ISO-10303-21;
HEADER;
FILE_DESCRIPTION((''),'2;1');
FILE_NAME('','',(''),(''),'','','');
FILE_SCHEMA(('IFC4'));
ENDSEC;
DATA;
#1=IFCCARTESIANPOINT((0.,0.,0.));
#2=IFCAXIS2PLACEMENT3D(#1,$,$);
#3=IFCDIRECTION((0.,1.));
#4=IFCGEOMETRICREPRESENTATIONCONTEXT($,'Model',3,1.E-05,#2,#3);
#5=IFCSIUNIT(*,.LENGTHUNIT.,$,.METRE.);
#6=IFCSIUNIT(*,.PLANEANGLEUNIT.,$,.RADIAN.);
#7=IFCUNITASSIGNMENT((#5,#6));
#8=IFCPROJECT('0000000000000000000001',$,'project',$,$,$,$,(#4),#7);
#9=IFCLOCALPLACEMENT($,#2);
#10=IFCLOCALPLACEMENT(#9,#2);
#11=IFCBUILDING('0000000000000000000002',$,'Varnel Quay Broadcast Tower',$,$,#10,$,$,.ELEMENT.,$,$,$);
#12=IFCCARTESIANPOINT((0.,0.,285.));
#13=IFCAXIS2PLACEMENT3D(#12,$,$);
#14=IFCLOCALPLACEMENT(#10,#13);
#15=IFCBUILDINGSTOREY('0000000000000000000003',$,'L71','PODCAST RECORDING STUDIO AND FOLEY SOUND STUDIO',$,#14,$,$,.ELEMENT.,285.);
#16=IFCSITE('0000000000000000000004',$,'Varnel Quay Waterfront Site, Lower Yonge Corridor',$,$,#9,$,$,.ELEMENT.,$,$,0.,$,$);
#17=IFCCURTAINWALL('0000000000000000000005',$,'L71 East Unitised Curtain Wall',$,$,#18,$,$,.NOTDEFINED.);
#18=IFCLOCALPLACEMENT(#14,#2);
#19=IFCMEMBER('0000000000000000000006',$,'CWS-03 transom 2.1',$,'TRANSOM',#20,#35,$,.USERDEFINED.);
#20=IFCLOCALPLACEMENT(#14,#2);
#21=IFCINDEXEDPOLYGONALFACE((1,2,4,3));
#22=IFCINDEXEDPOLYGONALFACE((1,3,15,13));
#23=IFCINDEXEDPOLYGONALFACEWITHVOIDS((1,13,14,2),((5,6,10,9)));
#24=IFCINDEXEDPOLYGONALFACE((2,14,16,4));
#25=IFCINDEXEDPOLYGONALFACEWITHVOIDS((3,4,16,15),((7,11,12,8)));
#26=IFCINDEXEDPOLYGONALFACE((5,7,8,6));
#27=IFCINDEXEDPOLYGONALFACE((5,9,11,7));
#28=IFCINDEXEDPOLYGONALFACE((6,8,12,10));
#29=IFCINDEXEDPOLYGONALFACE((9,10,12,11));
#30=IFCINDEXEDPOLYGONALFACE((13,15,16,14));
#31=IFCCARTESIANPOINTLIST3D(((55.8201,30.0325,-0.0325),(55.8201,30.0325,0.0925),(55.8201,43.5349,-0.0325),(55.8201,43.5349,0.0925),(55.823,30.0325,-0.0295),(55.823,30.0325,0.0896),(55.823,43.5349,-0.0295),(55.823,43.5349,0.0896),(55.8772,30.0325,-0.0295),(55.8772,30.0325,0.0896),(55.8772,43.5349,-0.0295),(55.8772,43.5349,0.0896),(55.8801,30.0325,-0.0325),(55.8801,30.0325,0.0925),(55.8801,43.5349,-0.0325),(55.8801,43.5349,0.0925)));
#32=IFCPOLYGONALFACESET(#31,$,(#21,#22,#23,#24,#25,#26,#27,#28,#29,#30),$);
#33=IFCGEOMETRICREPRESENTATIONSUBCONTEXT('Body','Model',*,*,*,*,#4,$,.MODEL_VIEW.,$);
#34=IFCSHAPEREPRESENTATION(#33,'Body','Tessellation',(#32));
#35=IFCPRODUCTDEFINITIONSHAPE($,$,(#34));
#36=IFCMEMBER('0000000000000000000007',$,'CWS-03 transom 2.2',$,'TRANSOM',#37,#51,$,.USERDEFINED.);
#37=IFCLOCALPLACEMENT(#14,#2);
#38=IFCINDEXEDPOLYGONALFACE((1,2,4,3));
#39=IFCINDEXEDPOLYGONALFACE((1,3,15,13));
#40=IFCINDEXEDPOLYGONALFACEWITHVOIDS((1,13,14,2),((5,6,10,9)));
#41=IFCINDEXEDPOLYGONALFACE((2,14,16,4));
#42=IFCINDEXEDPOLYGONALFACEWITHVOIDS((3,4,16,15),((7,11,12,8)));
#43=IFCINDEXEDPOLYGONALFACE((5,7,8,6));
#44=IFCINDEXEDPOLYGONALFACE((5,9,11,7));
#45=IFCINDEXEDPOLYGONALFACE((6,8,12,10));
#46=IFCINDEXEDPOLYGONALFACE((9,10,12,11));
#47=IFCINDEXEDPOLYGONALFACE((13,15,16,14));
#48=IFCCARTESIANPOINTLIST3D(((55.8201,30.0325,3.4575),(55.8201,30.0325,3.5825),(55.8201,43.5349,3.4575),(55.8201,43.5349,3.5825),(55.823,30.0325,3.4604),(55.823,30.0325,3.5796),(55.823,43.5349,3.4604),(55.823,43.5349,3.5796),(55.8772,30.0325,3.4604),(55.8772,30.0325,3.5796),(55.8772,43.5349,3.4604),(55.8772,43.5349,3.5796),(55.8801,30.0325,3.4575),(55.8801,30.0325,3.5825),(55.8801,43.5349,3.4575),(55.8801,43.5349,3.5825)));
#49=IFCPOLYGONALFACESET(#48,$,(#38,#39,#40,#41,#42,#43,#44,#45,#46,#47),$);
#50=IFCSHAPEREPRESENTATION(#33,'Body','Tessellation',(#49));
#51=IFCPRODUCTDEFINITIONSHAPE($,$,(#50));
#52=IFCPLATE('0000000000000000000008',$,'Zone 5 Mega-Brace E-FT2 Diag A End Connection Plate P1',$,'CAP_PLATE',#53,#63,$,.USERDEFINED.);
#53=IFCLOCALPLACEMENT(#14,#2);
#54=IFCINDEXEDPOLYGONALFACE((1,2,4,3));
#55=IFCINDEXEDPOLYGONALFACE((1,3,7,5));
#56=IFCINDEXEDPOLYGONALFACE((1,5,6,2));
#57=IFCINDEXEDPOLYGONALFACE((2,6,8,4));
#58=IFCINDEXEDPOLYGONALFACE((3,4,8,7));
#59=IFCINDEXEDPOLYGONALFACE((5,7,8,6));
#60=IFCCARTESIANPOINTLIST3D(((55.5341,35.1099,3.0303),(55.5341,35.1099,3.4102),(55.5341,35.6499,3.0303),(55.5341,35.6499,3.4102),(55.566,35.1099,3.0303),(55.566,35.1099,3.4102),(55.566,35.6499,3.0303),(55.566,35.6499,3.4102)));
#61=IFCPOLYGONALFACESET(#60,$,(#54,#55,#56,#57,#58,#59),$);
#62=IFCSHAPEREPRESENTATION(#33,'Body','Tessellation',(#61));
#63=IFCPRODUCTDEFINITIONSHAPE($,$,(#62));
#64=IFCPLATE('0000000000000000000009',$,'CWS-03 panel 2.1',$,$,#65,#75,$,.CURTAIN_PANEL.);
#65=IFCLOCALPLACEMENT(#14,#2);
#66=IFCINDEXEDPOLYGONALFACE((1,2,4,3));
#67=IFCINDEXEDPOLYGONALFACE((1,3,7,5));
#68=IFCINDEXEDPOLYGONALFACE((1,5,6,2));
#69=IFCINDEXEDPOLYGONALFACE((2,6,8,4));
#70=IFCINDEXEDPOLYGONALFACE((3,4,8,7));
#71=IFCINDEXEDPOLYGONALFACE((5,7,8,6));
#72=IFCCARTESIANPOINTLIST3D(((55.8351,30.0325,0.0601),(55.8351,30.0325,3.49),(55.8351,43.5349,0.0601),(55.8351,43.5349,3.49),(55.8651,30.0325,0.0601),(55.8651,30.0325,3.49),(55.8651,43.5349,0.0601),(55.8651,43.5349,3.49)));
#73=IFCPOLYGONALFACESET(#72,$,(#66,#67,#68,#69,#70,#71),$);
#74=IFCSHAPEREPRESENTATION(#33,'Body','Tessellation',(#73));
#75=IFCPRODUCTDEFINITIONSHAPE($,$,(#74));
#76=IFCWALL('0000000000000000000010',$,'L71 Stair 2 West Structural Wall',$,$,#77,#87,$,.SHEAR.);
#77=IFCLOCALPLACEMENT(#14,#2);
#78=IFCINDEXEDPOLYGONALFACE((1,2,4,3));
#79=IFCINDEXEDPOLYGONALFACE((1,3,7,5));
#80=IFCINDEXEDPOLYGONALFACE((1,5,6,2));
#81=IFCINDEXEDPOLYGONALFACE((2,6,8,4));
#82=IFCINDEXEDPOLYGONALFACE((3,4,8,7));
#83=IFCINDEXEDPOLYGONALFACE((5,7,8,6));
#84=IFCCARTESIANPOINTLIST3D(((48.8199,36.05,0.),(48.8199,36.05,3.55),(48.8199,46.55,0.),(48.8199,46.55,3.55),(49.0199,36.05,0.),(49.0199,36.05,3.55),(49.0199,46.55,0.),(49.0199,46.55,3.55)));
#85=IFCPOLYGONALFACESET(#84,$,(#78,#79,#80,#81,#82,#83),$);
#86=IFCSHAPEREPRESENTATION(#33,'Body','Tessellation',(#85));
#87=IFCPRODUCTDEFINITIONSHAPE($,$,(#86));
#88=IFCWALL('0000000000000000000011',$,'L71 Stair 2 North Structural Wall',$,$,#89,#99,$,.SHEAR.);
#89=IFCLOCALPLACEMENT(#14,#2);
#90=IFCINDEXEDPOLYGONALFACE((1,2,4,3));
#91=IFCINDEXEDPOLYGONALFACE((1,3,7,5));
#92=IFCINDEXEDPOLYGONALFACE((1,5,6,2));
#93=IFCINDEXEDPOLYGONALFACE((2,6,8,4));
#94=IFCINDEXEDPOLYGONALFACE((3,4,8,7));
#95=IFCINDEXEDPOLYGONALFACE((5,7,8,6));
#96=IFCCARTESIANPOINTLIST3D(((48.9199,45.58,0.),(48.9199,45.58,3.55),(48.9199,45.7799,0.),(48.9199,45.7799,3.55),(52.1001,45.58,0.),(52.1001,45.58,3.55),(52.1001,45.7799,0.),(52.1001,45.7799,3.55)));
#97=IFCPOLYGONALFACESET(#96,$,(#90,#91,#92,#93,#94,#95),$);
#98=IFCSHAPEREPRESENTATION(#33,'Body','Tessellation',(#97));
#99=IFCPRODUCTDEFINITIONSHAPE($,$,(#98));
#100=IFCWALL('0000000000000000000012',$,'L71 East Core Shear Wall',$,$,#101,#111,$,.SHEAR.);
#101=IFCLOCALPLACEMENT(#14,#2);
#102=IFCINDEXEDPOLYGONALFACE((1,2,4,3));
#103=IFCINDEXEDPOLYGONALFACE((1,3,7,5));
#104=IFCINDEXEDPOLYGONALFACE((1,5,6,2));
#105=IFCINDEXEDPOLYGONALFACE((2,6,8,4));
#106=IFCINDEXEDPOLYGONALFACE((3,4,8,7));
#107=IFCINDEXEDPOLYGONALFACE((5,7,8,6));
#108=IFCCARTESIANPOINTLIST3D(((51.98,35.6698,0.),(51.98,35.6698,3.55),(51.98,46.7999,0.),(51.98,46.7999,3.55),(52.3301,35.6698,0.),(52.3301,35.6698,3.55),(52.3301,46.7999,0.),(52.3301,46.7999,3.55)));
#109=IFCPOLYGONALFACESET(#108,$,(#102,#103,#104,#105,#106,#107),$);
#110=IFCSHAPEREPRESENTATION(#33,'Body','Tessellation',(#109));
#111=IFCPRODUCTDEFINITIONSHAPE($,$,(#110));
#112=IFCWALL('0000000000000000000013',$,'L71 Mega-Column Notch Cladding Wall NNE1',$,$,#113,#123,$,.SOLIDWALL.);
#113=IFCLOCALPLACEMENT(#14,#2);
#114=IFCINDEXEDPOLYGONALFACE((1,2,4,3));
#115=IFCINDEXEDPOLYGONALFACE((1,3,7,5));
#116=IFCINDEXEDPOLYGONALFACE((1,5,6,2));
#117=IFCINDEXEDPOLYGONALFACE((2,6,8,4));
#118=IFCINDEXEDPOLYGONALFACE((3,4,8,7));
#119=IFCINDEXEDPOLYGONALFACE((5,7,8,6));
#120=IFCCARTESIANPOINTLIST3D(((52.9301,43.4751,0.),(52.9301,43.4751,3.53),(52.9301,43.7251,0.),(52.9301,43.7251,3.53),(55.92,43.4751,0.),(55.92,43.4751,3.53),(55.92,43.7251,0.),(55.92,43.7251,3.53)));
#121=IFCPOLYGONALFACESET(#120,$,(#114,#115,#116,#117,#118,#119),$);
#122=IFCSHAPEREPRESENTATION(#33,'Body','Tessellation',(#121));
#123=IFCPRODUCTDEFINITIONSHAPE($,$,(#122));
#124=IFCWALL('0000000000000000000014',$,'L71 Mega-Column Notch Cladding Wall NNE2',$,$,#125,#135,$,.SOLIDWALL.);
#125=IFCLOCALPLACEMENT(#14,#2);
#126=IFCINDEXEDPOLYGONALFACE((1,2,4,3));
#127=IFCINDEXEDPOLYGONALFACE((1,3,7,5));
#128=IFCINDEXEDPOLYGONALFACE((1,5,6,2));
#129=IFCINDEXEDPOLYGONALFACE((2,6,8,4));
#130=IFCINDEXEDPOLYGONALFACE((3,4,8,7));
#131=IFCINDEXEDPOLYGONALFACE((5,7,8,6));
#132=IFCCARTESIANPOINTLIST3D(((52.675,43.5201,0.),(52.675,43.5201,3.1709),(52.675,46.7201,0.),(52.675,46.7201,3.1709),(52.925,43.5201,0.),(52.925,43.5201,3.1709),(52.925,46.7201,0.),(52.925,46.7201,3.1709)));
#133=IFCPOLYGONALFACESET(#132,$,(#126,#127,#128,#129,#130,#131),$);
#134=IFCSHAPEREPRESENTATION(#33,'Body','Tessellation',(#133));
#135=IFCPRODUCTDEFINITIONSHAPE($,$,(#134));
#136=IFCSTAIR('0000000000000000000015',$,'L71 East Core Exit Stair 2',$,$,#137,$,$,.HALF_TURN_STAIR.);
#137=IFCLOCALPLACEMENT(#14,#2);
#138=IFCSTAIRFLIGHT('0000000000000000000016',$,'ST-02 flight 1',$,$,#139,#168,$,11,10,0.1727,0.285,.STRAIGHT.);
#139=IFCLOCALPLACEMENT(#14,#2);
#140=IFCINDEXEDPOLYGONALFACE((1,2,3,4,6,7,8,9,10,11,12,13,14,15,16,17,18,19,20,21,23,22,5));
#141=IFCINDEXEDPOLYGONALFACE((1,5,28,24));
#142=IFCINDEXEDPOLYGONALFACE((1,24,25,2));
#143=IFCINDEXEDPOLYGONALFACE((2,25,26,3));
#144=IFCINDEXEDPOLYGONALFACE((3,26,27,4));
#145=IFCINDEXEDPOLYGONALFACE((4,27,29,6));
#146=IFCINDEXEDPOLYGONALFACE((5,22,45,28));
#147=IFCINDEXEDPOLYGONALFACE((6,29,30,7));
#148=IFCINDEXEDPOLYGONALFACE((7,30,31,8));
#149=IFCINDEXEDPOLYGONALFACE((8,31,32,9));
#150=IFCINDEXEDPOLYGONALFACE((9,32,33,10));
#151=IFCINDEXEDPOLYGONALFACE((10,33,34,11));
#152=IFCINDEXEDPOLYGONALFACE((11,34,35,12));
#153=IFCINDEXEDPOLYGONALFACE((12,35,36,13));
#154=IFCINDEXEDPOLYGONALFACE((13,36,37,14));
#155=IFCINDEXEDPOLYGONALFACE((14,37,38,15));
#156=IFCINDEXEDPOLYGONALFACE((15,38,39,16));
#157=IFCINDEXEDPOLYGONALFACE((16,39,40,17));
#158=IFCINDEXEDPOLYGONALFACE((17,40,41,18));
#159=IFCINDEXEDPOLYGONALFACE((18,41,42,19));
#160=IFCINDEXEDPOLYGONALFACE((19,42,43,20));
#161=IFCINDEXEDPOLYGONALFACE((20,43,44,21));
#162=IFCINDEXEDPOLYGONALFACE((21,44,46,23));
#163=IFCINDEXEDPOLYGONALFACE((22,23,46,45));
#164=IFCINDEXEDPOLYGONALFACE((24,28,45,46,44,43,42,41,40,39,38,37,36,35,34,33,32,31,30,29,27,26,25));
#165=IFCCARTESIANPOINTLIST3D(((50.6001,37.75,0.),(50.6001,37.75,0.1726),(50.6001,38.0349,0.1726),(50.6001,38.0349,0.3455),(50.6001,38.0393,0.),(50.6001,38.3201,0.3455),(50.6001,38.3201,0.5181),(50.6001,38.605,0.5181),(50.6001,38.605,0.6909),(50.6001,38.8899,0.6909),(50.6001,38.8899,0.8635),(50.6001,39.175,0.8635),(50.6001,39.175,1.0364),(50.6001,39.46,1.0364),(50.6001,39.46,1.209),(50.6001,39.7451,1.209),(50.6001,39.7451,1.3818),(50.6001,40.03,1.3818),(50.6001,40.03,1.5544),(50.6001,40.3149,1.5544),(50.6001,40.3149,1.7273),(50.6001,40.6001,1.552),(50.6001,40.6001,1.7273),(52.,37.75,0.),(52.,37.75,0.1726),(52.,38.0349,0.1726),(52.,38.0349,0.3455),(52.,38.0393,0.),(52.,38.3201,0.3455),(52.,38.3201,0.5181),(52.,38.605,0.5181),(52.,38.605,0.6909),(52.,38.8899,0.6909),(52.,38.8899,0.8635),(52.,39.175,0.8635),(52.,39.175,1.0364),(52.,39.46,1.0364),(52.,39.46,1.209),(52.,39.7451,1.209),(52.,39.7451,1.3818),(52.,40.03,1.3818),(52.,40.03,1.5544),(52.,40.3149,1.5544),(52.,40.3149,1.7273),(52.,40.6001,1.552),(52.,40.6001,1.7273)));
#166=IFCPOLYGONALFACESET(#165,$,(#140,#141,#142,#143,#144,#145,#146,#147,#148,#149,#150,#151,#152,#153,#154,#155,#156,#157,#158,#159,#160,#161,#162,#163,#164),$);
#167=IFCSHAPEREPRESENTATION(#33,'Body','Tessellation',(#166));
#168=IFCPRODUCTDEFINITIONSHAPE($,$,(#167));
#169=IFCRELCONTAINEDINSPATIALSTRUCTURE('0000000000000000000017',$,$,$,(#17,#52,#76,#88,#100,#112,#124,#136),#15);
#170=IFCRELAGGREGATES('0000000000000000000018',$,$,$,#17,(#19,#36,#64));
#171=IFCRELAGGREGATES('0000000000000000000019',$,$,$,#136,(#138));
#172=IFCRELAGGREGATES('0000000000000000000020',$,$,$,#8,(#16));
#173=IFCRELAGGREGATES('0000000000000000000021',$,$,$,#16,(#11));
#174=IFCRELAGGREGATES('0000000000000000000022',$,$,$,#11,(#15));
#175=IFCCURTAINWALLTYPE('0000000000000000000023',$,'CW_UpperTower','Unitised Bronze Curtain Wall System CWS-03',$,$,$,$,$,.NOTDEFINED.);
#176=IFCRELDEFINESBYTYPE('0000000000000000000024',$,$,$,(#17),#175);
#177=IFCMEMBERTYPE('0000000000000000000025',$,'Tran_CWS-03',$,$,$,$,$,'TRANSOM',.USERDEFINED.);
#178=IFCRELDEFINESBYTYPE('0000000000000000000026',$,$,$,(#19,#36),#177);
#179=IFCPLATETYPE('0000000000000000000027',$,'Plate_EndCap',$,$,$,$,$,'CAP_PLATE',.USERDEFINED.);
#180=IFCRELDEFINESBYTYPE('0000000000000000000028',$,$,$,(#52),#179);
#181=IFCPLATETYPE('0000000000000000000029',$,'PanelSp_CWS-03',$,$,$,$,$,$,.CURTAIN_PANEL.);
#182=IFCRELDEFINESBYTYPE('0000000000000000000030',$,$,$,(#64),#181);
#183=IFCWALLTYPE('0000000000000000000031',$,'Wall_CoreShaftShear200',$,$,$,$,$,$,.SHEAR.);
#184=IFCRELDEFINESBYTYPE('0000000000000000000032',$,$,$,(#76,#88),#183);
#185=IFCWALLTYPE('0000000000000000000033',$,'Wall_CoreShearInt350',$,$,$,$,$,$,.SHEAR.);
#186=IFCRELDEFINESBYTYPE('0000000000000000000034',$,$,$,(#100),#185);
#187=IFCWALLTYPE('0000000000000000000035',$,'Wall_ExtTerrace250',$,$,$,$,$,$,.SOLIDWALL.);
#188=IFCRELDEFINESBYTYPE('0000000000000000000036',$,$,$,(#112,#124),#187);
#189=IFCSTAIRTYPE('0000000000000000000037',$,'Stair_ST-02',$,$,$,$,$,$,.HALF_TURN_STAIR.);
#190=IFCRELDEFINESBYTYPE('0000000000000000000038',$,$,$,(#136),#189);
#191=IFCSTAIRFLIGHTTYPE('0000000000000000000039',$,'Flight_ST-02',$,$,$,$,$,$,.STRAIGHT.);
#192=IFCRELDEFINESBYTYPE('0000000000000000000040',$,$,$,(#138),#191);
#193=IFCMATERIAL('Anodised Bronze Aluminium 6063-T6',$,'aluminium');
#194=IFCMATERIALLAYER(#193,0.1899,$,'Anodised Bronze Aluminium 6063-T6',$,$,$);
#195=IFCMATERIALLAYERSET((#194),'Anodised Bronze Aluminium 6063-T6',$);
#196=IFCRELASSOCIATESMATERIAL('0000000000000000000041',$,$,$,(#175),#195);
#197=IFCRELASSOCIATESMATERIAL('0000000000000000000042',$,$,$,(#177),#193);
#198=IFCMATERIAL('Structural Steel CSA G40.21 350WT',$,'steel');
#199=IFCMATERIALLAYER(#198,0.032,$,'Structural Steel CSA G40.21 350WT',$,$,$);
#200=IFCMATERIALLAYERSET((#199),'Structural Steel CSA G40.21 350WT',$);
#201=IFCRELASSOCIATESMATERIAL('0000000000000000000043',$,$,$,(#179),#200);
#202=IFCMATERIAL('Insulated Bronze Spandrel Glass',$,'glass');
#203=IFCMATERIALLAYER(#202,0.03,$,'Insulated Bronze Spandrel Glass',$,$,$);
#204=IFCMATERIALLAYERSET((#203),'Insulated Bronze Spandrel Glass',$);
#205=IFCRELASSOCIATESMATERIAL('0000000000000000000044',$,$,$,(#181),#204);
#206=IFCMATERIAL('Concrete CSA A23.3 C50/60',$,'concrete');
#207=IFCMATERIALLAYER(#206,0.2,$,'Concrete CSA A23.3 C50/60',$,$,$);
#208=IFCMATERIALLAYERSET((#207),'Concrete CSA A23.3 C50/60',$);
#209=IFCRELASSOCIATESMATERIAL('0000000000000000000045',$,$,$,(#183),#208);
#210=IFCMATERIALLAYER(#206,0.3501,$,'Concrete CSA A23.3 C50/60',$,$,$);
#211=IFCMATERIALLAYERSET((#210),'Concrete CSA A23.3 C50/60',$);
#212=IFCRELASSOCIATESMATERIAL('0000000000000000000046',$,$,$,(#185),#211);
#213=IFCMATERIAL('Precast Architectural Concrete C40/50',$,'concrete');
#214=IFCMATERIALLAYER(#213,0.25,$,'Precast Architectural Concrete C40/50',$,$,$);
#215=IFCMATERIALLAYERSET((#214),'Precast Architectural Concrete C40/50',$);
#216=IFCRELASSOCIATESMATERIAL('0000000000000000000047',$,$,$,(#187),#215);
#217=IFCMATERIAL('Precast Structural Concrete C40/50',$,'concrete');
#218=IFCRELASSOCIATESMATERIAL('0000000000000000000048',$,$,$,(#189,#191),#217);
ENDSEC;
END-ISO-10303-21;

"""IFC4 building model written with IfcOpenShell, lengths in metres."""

from ifc_helpers import new_model, si_unit, direction, frame, frame_2d, origin, origin_2d, place, context, subcontext, project, spatial, polyline, rectangle, hollow_rectangle, outline, extrude, source, transform, mapped, material, layer, layer_set, material_profile, profile_set, type_object, type_shapes, element, aggregate, save


model = new_model("IFC4")

# Units and contexts
model_context = context("Model", 3, precision=1e-05, world=origin(), true_north=direction((0.0, 1.0)))
body_context = subcontext(model_context, "Body", "Model", "MODEL_VIEW")
ifc_project = project(units=[si_unit("LENGTHUNIT", "METRE"), si_unit("PLANEANGLEUNIT", "RADIAN")], contexts=[model_context])

# Site, building, storey
site_placement = place(None, origin())
site = spatial("IfcSite", under=ifc_project, at=site_placement, Name="Varnel Quay Waterfront Site, Lower Yonge Corridor", CompositionType="ELEMENT", RefElevation=0.0)
building_placement = place(site_placement, origin())
building = spatial("IfcBuilding", under=site, at=building_placement, Name="Varnel Quay Broadcast Tower", CompositionType="ELEMENT")
storey_placement = place(building_placement, frame((0.0, 0.0, 285.0)))
storey = spatial("IfcBuildingStorey", under=building, at=storey_placement, Name="L71", Description="PODCAST RECORDING STUDIO AND FOLEY SOUND STUDIO", CompositionType="ELEMENT", Elevation=285.0)

# Shared definitions
ifc_material_1 = material(Name="Structural Steel CSA G40.21 350WT", Category="steel")

# Curtain wall, members
ifc_material_2 = material(Name="Anodised Bronze Aluminium 6063-T6", Category="aluminium")
ifc_layer_1 = layer(ifc_material_2, 0.1899, Name="Anodised Bronze Aluminium 6063-T6")
ifc_layer_set_1 = layer_set([ifc_layer_1], Name="Anodised Bronze Aluminium 6063-T6")
curtain_wall_type = type_object("IfcCurtainWallType", Name="CW_UpperTower", Description="Unitised Bronze Curtain Wall System CWS-03", PredefinedType="NOTDEFINED", material=ifc_layer_set_1)
curtain_wall_placement = place(storey_placement, origin())
curtain_wall = element("IfcCurtainWall", 1, at=curtain_wall_placement, inside=storey, type_object=curtain_wall_type, Name="L71 East Unitised Curtain Wall", PredefinedType="NOTDEFINED")
ifc_material_profile_1 = material_profile(ifc_material_2, hollow_rectangle(XDim=0.0601, YDim=0.125, WallThickness=0.0029, at=origin_2d()), Name="ALU60X125X3")
ifc_profile_set_1 = profile_set([ifc_material_profile_1], Name="Anodised Bronze Aluminium 6063-T6")
member_type_1 = type_object("IfcMemberType", Name="Tran_CWS-03", ElementType="TRANSOM", PredefinedType="USERDEFINED", material=ifc_profile_set_1)
shared_shape_1 = source(origin(), body_context, "Body", "SweptSolid", [
    extrude(hollow_rectangle(XDim=0.0601, YDim=0.125, WallThickness=0.0029, at=origin_2d()), origin(), (0.0, 0.0, 1.0), 13.5024),
])
type_shapes(member_type_1, [shared_shape_1])
member_1_placement = place(storey_placement, frame((55.8501, 30.0325, 0.03), z_axis=(0.0, 1.0, 0.0), x_axis=(-1.0, 0.0, 0.0)))
member_1 = element("IfcMember", 2, at=member_1_placement, type_object=member_type_1, Name="CWS-03 transom 2.1", ObjectType="TRANSOM", PredefinedType="USERDEFINED", context=body_context, shape_type="MappedRepresentation", body=[
    mapped(shared_shape_1, transform((0.0, 0.0, 0.0), x_axis=(1.0, 0.0, 0.0), y_axis=(0.0, 1.0, 0.0), z_axis=(0.0, 0.0, 1.0), scale=1.0)),
])
member_2_placement = place(storey_placement, frame((55.8501, 30.0325, 3.52), z_axis=(0.0, 1.0, 0.0), x_axis=(-1.0, 0.0, 0.0)))
member_2 = element("IfcMember", 3, at=member_2_placement, type_object=member_type_1, Name="CWS-03 transom 2.2", ObjectType="TRANSOM", PredefinedType="USERDEFINED", context=body_context, shape_type="MappedRepresentation", body=[
    mapped(shared_shape_1, transform((0.0, 0.0, 0.0), x_axis=(1.0, 0.0, 0.0), y_axis=(0.0, 1.0, 0.0), z_axis=(0.0, 0.0, 1.0), scale=1.0)),
])

# Plates
ifc_layer_2 = layer(ifc_material_1, 0.032, Name="Structural Steel CSA G40.21 350WT")
ifc_layer_set_2 = layer_set([ifc_layer_2], Name="Structural Steel CSA G40.21 350WT")
plate_type_1 = type_object("IfcPlateType", Name="Plate_EndCap", ElementType="CAP_PLATE", PredefinedType="USERDEFINED", material=ifc_layer_set_2)
shared_shape_2 = source(origin(), body_context, "Body", "SweptSolid", [
    extrude(rectangle(XDim=0.54, YDim=0.032, at=origin_2d()), origin(), (0.0, 0.0, 1.0), 0.3799),
])
type_shapes(plate_type_1, [shared_shape_2])
plate_1_placement = place(storey_placement, frame((55.55, 35.3799, 3.0303), z_axis=(0.0, 0.0, 1.0), x_axis=(0.0, 1.0, 0.0)))
element("IfcPlate", 4, at=plate_1_placement, inside=storey, type_object=plate_type_1, Name="Zone 5 Mega-Brace E-FT2 Diag A End Connection Plate P1", ObjectType="CAP_PLATE", PredefinedType="USERDEFINED", context=body_context, shape_type="MappedRepresentation", body=[
    mapped(shared_shape_2, transform((0.0, 0.0, 0.0), x_axis=(1.0, 0.0, 0.0), y_axis=(0.0, 1.0, 0.0), z_axis=(0.0, 0.0, 1.0), scale=1.0)),
])
ifc_material_3 = material(Name="Insulated Bronze Spandrel Glass", Category="glass")
ifc_layer_3 = layer(ifc_material_3, 0.03, Name="Insulated Bronze Spandrel Glass")
ifc_layer_set_3 = layer_set([ifc_layer_3], Name="Insulated Bronze Spandrel Glass")
plate_type_2 = type_object("IfcPlateType", Name="PanelSp_CWS-03", PredefinedType="CURTAIN_PANEL", material=ifc_layer_set_3)
shared_shape_3 = source(origin(), body_context, "Body", "SweptSolid", [
    extrude(rectangle(XDim=13.5024, YDim=0.03, at=origin_2d()), origin(), (0.0, 0.0, 1.0), 3.4299),
])
type_shapes(plate_type_2, [shared_shape_3])
plate_2_placement = place(storey_placement, frame((55.8501, 36.7837, 0.0601), z_axis=(0.0, 0.0, 1.0), x_axis=(0.0, 1.0, 0.0)))
plate_2 = element("IfcPlate", 5, at=plate_2_placement, type_object=plate_type_2, Name="CWS-03 panel 2.1", PredefinedType="CURTAIN_PANEL", context=body_context, shape_type="MappedRepresentation", body=[
    mapped(shared_shape_3, transform((0.0, 0.0, 0.0), x_axis=(1.0, 0.0, 0.0), y_axis=(0.0, 1.0, 0.0), z_axis=(0.0, 0.0, 1.0), scale=1.0)),
])
aggregate(curtain_wall, [member_1, member_2, plate_2])

# Walls
ifc_material_4 = material(Name="Concrete CSA A23.3 C50/60", Category="concrete")
ifc_layer_4 = layer(ifc_material_4, 0.2, Name="Concrete CSA A23.3 C50/60")
ifc_layer_set_4 = layer_set([ifc_layer_4], Name="Concrete CSA A23.3 C50/60")
wall_type_1 = type_object("IfcWallType", Name="Wall_CoreShaftShear200", PredefinedType="SHEAR", material=ifc_layer_set_4)
wall_1_placement = place(storey_placement, frame((48.9199, 36.05, 0.0), z_axis=(0.0, 0.0, 1.0), x_axis=(0.0, 1.0, 0.0)))
element("IfcWall", 6, at=wall_1_placement, inside=storey, type_object=wall_type_1, Name="L71 Stair 2 West Structural Wall", PredefinedType="SHEAR", context=body_context, shape_type="SweptSolid", body=[
    extrude(rectangle(XDim=10.5, YDim=0.2, at=frame_2d((5.25, 0.0))), origin(), (0.0, 0.0, 1.0), 3.55),
])
wall_2_placement = place(storey_placement, frame((48.9199, 45.6799, 0.0), z_axis=(0.0, 0.0, 1.0), x_axis=(1.0, 0.0, 0.0)))
element("IfcWall", 7, at=wall_2_placement, inside=storey, type_object=wall_type_1, Name="L71 Stair 2 North Structural Wall", PredefinedType="SHEAR", context=body_context, shape_type="SweptSolid", body=[
    extrude(rectangle(XDim=3.1802, YDim=0.2, at=frame_2d((1.5901, 0.0))), origin(), (0.0, 0.0, 1.0), 3.55),
])
ifc_layer_5 = layer(ifc_material_4, 0.3501, Name="Concrete CSA A23.3 C50/60")
ifc_layer_set_5 = layer_set([ifc_layer_5], Name="Concrete CSA A23.3 C50/60")
wall_type_2 = type_object("IfcWallType", Name="Wall_CoreShearInt350", PredefinedType="SHEAR", material=ifc_layer_set_5)
wall_3_placement = place(storey_placement, frame((52.155, 35.6699, 0.0), z_axis=(0.0, 0.0, 1.0), x_axis=(0.0, 1.0, 0.0)))
element("IfcWall", 8, at=wall_3_placement, inside=storey, type_object=wall_type_2, Name="L71 East Core Shear Wall", PredefinedType="SHEAR", context=body_context, shape_type="SweptSolid", body=[
    extrude(rectangle(XDim=11.1301, YDim=0.3501, at=frame_2d((5.5649, 0.0))), origin(), (0.0, 0.0, 1.0), 3.55),
])
ifc_material_5 = material(Name="Precast Architectural Concrete C40/50", Category="concrete")
ifc_layer_6 = layer(ifc_material_5, 0.25, Name="Precast Architectural Concrete C40/50")
ifc_layer_set_6 = layer_set([ifc_layer_6], Name="Precast Architectural Concrete C40/50")
wall_type_3 = type_object("IfcWallType", Name="Wall_ExtTerrace250", PredefinedType="SOLIDWALL", material=ifc_layer_set_6)
wall_4_placement = place(storey_placement, frame((52.9299, 43.6001, 0.0), z_axis=(0.0, 0.0, 1.0), x_axis=(1.0, 0.0, 0.0)))
element("IfcWall", 9, at=wall_4_placement, inside=storey, type_object=wall_type_3, Name="L71 Mega-Column Notch Cladding Wall NNE1", PredefinedType="SOLIDWALL", context=body_context, shape_type="SweptSolid", body=[
    extrude(rectangle(XDim=2.99, YDim=0.25, at=frame_2d((1.4951, 0.0))), origin(), (0.0, 0.0, 1.0), 3.53),
])
wall_5_placement = place(storey_placement, frame((52.8, 43.52, 0.0), z_axis=(0.0, 0.0, 1.0), x_axis=(0.0, 1.0, 0.0)))
element("IfcWall", 10, at=wall_5_placement, inside=storey, type_object=wall_type_3, Name="L71 Mega-Column Notch Cladding Wall NNE2", PredefinedType="SOLIDWALL", context=body_context, shape_type="SweptSolid", body=[
    extrude(rectangle(XDim=3.2, YDim=0.25, at=frame_2d((1.6001, 0.0))), origin(), (0.0, 0.0, 1.0), 3.1709),
])

# Stair, stair flight
ifc_material_6 = material(Name="Precast Structural Concrete C40/50", Category="concrete")
stair_type = type_object("IfcStairType", Name="Stair_ST-02", PredefinedType="HALF_TURN_STAIR", material=ifc_material_6)
stair_placement = place(storey_placement, origin())
stair = element("IfcStair", 11, at=stair_placement, inside=storey, type_object=stair_type, Name="L71 East Core Exit Stair 2", PredefinedType="HALF_TURN_STAIR")
stair_flight_type = type_object("IfcStairFlightType", Name="Flight_ST-02", PredefinedType="STRAIGHT", material=ifc_material_6)
stair_flight_1_placement = place(storey_placement, frame((51.3, 37.75, 0.0), z_axis=(0.0, 0.0, 1.0), x_axis=(0.0, 1.0, 0.0)))
stair_flight_1 = element("IfcStairFlight", 12, at=stair_flight_1_placement, type_object=stair_flight_type, Name="ST-02 flight 1", NumberOfRisers=11, NumberOfTreads=10, PredefinedType="STRAIGHT", RiserHeight=0.1727, TreadLength=0.285, context=body_context, shape_type="SweptSolid", body=[
    extrude(outline(polyline([(0.0, 0.0), (0.0, 0.1726), (0.2849, 0.1726), (0.2849, 0.3455), (0.5701, 0.3455), (0.5701, 0.5181), (0.855, 0.5181), (0.855, 0.6909), (1.1399, 0.6909), (1.1399, 0.8635), (1.425, 0.8635), (1.425, 1.0364), (1.71, 1.0364), (1.71, 1.209), (1.9951, 1.209), (1.9951, 1.3818), (2.28, 1.3818), (2.28, 1.5544), (2.5649, 1.5544), (2.5649, 1.7273), (2.8501, 1.7273), (2.8501, 1.8999), (2.8501, 1.552), (0.2893, 0.0), (0.0, 0.0)])), frame((0.0, 0.7, 0.0), z_axis=(0.0, -1.0, 0.0), x_axis=(1.0, 0.0, 0.0)), (0.0, 0.0, 1.0), 1.3999),
])
aggregate(stair, [stair_flight_1])

save(model, "model.ifc")
